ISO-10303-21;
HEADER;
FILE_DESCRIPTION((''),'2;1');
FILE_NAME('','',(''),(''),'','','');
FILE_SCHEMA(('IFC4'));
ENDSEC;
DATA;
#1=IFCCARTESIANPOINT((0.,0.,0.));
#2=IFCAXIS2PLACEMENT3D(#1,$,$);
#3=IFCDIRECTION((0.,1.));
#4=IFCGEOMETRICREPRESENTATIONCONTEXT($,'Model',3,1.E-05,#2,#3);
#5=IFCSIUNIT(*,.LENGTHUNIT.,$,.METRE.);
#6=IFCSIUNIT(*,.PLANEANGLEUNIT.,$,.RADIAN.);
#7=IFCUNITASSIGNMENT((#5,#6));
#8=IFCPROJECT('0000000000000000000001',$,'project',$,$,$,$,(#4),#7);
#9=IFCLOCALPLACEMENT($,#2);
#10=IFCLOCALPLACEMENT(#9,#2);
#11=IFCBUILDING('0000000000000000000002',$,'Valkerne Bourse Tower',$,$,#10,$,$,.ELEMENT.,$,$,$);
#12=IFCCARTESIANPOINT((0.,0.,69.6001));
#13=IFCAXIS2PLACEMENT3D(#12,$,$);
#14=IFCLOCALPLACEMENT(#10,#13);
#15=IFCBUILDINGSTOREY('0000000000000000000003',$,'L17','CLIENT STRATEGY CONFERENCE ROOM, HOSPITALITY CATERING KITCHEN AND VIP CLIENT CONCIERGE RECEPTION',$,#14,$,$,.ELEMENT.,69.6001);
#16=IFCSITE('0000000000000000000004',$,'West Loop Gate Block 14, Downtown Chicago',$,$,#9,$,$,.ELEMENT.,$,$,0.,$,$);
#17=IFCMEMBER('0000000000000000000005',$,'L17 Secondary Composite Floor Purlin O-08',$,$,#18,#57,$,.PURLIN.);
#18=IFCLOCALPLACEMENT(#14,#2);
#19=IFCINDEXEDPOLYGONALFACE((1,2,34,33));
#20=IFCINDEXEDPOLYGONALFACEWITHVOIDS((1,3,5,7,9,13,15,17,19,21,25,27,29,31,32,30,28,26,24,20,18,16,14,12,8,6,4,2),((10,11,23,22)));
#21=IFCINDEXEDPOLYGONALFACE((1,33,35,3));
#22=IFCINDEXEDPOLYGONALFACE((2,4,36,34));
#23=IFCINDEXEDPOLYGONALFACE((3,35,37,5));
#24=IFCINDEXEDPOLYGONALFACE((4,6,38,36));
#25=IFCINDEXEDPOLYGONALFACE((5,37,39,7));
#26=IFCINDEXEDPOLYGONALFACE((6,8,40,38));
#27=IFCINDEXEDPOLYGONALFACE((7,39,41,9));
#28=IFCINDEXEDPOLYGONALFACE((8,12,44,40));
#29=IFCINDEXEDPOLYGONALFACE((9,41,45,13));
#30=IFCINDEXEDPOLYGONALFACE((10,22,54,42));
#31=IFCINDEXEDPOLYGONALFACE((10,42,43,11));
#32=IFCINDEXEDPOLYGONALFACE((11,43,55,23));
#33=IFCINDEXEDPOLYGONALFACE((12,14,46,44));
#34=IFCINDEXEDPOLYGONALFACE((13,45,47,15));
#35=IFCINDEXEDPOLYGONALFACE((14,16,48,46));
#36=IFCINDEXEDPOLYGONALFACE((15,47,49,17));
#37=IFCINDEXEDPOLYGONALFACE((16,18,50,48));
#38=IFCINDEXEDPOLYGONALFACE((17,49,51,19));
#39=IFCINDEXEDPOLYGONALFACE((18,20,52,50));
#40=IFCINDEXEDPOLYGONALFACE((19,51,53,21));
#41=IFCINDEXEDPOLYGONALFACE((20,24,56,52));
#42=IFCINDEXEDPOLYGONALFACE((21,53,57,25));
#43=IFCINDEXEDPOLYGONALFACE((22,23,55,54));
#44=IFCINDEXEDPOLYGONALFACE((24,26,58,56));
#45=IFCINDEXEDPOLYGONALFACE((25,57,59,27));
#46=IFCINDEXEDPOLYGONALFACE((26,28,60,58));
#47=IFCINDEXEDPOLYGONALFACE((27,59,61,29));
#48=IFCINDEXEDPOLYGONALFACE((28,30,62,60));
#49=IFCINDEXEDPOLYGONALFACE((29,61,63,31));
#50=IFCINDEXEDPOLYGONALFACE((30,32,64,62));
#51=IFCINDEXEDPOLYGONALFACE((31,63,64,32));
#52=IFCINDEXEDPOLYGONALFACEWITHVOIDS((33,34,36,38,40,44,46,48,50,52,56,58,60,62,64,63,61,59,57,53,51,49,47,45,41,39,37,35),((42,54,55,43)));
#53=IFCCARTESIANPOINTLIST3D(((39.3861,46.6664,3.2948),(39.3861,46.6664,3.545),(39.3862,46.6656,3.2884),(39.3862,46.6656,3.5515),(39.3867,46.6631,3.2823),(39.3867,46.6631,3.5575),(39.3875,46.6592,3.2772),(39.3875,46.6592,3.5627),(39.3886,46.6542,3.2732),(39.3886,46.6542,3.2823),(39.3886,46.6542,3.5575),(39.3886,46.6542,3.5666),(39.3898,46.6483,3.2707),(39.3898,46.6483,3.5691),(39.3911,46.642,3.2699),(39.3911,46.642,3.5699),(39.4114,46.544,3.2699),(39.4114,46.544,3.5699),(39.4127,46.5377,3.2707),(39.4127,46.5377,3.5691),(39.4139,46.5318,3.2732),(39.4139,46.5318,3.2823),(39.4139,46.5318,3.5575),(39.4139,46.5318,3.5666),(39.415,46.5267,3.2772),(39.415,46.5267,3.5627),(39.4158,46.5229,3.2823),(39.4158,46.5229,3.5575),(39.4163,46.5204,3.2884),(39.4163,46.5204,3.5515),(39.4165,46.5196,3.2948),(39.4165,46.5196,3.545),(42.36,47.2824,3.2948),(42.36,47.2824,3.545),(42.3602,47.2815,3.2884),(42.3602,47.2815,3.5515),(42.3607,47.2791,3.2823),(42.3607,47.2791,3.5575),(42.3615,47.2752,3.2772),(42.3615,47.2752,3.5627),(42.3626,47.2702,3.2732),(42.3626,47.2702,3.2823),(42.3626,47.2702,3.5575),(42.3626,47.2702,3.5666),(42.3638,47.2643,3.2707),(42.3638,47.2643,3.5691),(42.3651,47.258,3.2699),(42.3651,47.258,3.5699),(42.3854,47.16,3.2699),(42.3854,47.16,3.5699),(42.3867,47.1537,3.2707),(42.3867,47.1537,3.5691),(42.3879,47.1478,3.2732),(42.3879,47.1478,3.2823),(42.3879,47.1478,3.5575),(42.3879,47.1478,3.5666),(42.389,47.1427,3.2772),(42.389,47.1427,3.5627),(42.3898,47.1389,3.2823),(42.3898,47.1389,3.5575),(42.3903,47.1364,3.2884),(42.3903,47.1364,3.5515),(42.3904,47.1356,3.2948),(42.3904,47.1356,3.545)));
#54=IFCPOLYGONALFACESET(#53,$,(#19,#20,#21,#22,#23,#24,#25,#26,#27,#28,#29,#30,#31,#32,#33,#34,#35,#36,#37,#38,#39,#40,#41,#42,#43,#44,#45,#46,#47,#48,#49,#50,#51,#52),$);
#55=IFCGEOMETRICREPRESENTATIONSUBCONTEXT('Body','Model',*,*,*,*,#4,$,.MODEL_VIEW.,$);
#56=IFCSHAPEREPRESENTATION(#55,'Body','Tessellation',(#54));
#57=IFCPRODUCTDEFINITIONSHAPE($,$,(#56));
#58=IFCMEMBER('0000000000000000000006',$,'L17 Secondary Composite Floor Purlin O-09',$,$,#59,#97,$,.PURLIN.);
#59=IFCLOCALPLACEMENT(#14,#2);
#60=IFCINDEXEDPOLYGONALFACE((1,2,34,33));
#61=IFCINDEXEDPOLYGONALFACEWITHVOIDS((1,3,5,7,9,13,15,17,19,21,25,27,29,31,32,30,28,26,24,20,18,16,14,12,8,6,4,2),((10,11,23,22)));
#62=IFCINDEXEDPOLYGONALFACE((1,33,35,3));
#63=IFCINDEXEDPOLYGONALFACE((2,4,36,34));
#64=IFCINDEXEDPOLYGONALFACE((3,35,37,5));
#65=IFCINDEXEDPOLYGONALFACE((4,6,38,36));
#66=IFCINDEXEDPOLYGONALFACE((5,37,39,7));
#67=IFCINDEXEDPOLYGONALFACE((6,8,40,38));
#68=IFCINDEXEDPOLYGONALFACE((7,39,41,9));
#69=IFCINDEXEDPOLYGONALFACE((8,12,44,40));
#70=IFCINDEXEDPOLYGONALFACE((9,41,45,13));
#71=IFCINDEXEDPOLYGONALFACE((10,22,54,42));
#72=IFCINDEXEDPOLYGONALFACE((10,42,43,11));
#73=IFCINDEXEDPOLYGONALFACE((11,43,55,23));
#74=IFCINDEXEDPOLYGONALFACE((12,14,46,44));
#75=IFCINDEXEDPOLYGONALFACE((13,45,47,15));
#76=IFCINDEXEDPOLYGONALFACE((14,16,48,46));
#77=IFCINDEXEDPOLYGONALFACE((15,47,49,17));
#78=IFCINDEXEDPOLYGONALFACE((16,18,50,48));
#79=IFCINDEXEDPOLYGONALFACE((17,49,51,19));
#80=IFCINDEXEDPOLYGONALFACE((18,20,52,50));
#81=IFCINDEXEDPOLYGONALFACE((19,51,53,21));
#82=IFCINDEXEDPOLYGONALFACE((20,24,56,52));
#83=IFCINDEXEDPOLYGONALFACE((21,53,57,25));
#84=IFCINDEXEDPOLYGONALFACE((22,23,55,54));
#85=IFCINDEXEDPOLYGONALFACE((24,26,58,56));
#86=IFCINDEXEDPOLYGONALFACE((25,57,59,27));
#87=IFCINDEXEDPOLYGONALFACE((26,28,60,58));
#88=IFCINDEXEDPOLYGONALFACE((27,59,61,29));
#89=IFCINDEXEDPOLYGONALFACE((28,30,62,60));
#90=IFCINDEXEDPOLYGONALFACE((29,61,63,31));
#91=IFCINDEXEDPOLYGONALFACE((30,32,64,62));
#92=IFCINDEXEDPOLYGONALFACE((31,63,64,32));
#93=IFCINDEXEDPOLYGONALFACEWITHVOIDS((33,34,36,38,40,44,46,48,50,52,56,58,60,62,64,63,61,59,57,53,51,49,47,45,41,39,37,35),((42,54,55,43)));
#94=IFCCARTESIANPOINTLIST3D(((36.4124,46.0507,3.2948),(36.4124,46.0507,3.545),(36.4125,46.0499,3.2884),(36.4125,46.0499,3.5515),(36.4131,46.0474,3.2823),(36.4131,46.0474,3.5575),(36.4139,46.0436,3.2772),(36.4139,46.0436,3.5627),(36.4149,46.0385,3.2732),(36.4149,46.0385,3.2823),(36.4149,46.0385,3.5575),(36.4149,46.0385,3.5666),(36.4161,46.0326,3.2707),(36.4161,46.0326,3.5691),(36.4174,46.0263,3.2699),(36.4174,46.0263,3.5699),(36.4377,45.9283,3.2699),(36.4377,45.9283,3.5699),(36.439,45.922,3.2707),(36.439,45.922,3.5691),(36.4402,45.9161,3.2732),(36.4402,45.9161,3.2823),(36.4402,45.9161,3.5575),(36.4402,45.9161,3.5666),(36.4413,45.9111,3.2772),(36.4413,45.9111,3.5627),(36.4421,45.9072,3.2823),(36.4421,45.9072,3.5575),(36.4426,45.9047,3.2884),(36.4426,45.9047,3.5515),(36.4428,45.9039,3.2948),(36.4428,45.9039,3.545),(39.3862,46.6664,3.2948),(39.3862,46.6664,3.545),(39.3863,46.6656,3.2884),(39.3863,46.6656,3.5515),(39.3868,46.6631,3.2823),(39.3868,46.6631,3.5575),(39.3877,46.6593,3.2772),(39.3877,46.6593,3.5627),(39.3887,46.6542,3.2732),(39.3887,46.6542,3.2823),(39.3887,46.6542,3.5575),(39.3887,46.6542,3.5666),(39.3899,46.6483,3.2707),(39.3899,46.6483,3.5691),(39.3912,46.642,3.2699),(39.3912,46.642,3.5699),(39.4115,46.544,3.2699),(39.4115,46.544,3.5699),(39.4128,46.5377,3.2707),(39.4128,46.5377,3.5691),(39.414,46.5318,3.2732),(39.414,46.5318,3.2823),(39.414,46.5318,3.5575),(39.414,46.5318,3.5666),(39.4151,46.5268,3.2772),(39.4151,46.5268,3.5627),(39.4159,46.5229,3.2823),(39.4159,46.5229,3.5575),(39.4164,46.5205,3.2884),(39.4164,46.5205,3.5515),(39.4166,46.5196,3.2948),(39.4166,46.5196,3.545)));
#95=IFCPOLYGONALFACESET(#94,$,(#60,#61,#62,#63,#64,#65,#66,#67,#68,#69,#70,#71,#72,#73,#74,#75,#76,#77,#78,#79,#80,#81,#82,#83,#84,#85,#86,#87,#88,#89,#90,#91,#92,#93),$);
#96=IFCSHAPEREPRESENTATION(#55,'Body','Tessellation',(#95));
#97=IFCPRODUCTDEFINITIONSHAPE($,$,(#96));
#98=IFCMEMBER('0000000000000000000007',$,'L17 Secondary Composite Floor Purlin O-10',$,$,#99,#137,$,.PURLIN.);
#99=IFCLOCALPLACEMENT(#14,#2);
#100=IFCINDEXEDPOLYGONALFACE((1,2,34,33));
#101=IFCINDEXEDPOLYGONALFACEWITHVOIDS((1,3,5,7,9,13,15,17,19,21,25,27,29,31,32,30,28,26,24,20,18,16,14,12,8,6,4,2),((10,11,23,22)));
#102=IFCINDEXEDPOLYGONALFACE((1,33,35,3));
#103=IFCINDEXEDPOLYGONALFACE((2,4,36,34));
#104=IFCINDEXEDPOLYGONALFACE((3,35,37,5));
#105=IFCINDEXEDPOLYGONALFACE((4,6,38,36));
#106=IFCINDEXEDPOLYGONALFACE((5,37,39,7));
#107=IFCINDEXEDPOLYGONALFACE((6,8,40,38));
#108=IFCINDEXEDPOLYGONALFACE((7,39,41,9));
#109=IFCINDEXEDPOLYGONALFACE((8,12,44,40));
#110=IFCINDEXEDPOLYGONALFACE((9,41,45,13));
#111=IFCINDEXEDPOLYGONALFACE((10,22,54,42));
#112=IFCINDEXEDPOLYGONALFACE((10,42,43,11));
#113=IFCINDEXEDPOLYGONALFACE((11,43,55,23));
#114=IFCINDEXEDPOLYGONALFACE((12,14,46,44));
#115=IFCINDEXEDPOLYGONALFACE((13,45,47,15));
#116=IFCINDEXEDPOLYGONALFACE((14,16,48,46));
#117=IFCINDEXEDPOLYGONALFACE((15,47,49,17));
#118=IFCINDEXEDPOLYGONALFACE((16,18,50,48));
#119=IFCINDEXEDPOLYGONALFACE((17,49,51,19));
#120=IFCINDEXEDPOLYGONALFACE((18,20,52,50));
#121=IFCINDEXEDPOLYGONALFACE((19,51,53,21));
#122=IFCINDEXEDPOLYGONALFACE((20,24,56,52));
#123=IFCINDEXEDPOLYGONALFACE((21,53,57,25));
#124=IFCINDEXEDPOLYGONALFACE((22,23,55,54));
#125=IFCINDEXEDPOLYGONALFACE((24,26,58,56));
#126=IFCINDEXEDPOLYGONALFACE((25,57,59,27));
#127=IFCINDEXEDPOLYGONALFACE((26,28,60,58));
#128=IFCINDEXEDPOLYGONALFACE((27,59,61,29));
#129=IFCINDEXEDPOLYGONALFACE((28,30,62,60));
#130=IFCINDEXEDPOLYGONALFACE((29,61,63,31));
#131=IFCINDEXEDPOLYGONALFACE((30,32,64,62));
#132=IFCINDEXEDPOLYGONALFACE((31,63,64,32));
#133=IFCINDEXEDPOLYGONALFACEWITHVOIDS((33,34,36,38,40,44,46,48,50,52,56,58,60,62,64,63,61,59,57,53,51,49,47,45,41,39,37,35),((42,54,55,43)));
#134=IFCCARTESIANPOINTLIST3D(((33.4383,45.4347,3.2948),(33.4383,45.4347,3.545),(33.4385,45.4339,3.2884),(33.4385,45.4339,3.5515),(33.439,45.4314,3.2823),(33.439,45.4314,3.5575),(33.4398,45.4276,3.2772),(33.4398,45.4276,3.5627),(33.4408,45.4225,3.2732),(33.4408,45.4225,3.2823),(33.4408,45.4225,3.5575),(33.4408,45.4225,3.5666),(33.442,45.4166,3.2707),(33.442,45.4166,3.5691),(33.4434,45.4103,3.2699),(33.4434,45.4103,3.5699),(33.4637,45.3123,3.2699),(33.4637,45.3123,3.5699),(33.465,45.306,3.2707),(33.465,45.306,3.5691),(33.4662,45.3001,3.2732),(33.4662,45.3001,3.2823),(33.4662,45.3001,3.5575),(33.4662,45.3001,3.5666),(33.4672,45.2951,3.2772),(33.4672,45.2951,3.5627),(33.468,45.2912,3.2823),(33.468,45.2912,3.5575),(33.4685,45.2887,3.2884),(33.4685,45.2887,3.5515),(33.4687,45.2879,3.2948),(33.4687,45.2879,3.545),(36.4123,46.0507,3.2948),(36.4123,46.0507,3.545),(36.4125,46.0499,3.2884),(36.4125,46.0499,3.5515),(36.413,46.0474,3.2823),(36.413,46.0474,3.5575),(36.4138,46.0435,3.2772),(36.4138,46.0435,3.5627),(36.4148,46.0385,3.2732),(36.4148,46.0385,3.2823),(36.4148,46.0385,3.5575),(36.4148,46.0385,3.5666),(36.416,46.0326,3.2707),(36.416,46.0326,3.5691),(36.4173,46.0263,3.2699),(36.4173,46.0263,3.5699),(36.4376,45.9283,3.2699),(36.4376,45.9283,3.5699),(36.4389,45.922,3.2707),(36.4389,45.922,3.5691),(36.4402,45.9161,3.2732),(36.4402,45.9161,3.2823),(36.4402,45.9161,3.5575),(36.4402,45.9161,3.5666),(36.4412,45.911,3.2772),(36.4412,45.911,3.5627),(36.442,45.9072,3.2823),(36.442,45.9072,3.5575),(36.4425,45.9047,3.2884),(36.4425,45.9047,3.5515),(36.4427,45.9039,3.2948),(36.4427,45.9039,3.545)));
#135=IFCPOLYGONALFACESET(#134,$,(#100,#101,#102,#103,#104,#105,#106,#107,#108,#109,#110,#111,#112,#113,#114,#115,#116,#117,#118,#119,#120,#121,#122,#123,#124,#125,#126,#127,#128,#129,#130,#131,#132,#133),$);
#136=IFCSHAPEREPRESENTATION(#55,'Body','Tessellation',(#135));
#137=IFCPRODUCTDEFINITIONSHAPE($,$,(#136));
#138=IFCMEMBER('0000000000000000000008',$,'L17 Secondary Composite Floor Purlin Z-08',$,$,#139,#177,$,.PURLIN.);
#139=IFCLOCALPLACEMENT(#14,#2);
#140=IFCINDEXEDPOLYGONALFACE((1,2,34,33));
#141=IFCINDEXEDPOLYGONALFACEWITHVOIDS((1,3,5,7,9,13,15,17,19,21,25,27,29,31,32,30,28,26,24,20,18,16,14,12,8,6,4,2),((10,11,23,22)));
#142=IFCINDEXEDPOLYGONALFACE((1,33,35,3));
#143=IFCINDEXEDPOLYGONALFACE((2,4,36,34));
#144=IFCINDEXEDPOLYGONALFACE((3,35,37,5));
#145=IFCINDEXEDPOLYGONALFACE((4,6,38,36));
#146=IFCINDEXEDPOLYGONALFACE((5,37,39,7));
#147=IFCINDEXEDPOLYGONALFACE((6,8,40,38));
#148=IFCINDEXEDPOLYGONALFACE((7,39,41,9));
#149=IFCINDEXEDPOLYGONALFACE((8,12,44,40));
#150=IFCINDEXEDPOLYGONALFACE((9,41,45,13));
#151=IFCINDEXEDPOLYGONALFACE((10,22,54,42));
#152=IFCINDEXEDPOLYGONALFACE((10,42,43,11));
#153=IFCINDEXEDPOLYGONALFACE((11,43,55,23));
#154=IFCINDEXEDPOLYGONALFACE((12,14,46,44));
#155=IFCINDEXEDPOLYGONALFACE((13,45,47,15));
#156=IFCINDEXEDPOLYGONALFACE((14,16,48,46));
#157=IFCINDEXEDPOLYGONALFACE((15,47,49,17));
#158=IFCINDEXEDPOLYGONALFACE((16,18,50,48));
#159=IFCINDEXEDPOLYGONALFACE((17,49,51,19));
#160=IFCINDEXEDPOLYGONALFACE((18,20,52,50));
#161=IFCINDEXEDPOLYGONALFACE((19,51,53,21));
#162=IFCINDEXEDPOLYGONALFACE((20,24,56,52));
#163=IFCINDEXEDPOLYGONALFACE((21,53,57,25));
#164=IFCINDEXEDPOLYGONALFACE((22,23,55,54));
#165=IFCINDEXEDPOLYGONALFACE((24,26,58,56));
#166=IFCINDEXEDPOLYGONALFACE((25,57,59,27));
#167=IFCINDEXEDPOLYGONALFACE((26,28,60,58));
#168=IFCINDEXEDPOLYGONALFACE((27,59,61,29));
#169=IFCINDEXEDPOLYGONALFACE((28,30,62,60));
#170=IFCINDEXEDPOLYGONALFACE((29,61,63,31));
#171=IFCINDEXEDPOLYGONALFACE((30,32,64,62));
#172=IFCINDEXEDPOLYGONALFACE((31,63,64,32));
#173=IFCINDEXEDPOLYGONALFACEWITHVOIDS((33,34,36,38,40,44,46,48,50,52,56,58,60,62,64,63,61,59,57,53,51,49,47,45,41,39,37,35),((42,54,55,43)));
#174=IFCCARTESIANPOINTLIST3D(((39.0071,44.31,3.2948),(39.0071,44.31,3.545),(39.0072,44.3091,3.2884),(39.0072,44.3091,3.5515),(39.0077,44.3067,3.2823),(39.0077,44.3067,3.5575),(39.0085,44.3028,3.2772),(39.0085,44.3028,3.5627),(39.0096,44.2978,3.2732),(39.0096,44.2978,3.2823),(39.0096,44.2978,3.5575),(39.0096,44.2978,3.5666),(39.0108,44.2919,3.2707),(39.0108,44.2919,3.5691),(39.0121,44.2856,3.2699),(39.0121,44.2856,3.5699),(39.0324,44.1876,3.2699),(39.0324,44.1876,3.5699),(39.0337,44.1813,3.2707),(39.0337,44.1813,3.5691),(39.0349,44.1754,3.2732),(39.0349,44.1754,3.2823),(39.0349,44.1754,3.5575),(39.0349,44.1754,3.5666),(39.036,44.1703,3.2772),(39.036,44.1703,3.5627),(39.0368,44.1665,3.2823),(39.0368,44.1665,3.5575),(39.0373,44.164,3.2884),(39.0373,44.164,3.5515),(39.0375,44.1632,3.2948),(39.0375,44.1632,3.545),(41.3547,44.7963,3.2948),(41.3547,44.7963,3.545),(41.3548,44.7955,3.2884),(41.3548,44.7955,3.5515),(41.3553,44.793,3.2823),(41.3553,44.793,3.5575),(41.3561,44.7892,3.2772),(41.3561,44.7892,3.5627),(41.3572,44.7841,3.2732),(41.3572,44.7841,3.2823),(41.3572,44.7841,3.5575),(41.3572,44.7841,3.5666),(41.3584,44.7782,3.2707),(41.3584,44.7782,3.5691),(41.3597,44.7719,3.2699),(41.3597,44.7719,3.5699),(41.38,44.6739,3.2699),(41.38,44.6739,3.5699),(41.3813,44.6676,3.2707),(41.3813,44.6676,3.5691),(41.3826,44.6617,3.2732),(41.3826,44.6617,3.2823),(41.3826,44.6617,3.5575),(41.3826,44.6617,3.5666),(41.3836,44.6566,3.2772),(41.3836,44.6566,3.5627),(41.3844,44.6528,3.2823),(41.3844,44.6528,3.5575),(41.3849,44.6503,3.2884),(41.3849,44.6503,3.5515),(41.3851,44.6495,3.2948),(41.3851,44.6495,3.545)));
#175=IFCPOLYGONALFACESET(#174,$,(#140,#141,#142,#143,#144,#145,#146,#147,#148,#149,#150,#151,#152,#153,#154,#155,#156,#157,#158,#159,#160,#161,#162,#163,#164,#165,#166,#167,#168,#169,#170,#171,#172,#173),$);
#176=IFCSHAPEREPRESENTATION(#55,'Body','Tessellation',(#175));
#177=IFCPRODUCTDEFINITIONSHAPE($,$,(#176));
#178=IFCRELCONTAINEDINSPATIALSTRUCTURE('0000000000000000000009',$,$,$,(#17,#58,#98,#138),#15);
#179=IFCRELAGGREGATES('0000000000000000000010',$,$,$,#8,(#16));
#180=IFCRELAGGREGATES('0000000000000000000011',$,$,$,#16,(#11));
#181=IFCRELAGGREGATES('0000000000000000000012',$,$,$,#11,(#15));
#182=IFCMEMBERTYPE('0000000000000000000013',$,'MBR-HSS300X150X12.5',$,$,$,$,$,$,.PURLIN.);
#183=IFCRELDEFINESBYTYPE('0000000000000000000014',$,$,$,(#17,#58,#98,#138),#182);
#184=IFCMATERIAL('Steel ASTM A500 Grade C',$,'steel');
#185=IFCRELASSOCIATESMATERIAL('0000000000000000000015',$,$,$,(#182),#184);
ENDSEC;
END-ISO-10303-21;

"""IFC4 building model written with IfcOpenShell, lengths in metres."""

from ifc_helpers import new_model, si_unit, direction, frame, origin, origin_2d, place, context, subcontext, project, spatial, hollow_rectangle, extrude, material, material_profile, profile_set, type_object, element, save


model = new_model("IFC4")

# Units and contexts
model_context = context("Model", 3, precision=1e-05, world=origin(), true_north=direction((0.0, 1.0)))
body_context = subcontext(model_context, "Body", "Model", "MODEL_VIEW")
ifc_project = project(units=[si_unit("LENGTHUNIT", "METRE"), si_unit("PLANEANGLEUNIT", "RADIAN")], contexts=[model_context])

# Site, building, storey
site_placement = place(None, origin())
site = spatial("IfcSite", under=ifc_project, at=site_placement, Name="West Loop Gate Block 14, Downtown Chicago", CompositionType="ELEMENT", RefElevation=0.0)
building_placement = place(site_placement, origin())
building = spatial("IfcBuilding", under=site, at=building_placement, Name="Valkerne Bourse Tower", CompositionType="ELEMENT")
storey_placement = place(building_placement, frame((0.0, 0.0, 69.6001)))
storey = spatial("IfcBuildingStorey", under=building, at=storey_placement, Name="L17", Description="CLIENT STRATEGY CONFERENCE ROOM, HOSPITALITY CATERING KITCHEN AND VIP CLIENT CONCIERGE RECEPTION", CompositionType="ELEMENT", Elevation=69.6001)

# Members
ifc_material_1 = material(Name="Steel ASTM A500 Grade C", Category="steel")
ifc_material_profile_1 = material_profile(ifc_material_1, hollow_rectangle(XDim=0.1499, YDim=0.3, WallThickness=0.0125, OuterFilletRadius=0.0249, at=origin_2d()), Name="HSS300X150X12.5")
ifc_profile_set_1 = profile_set([ifc_material_profile_1], Name="Steel ASTM A500 Grade C")
member_type_1 = type_object("IfcMemberType", Name="MBR-HSS300X150X12.5", PredefinedType="PURLIN", material=ifc_profile_set_1)
member_1_placement = place(storey_placement, frame((42.3752, 47.209, 3.4199), z_axis=(-0.979216, -0.202821, 0.0), x_axis=(0.202821, -0.979216, 0.0)))
element("IfcMember", 1, at=member_1_placement, inside=storey, type_object=member_type_1, Name="L17 Secondary Composite Floor Purlin O-08", PredefinedType="PURLIN", context=body_context, shape_type="SweptSolid", body=[
    extrude(hollow_rectangle(XDim=0.1499, YDim=0.3, WallThickness=0.0125, OuterFilletRadius=0.0249, at=origin_2d()), origin(), (0.0, 0.0, 1.0), 3.0371),
])
member_2_placement = place(storey_placement, frame((39.4014, 46.593, 3.4199), z_axis=(-0.979232, -0.202744, 0.0), x_axis=(0.202744, -0.979232, 0.0)))
element("IfcMember", 2, at=member_2_placement, inside=storey, type_object=member_type_1, Name="L17 Secondary Composite Floor Purlin O-09", PredefinedType="PURLIN", context=body_context, shape_type="SweptSolid", body=[
    extrude(hollow_rectangle(XDim=0.1499, YDim=0.3, WallThickness=0.0125, OuterFilletRadius=0.0249, at=origin_2d()), origin(), (0.0, 0.0, 1.0), 3.0369),
])
member_3_placement = place(storey_placement, frame((36.4275, 45.9773, 3.4199), z_axis=(-0.979216, -0.202821, 0.0), x_axis=(0.202821, -0.979216, 0.0)))
element("IfcMember", 3, at=member_3_placement, inside=storey, type_object=member_type_1, Name="L17 Secondary Composite Floor Purlin O-10", PredefinedType="PURLIN", context=body_context, shape_type="SweptSolid", body=[
    extrude(hollow_rectangle(XDim=0.1499, YDim=0.3, WallThickness=0.0125, OuterFilletRadius=0.0249, at=origin_2d()), origin(), (0.0, 0.0, 1.0), 3.0371),
])
member_4_placement = place(storey_placement, frame((41.3699, 44.7229, 3.4199), z_axis=(-0.97921, -0.202848, 0.0), x_axis=(0.202848, -0.97921, 0.0)))
element("IfcMember", 4, at=member_4_placement, inside=storey, type_object=member_type_1, Name="L17 Secondary Composite Floor Purlin Z-08", PredefinedType="PURLIN", context=body_context, shape_type="SweptSolid", body=[
    extrude(hollow_rectangle(XDim=0.1499, YDim=0.3, WallThickness=0.0125, OuterFilletRadius=0.0249, at=origin_2d()), origin(), (0.0, 0.0, 1.0), 2.3975),
])

save(model, "model.ifc")
